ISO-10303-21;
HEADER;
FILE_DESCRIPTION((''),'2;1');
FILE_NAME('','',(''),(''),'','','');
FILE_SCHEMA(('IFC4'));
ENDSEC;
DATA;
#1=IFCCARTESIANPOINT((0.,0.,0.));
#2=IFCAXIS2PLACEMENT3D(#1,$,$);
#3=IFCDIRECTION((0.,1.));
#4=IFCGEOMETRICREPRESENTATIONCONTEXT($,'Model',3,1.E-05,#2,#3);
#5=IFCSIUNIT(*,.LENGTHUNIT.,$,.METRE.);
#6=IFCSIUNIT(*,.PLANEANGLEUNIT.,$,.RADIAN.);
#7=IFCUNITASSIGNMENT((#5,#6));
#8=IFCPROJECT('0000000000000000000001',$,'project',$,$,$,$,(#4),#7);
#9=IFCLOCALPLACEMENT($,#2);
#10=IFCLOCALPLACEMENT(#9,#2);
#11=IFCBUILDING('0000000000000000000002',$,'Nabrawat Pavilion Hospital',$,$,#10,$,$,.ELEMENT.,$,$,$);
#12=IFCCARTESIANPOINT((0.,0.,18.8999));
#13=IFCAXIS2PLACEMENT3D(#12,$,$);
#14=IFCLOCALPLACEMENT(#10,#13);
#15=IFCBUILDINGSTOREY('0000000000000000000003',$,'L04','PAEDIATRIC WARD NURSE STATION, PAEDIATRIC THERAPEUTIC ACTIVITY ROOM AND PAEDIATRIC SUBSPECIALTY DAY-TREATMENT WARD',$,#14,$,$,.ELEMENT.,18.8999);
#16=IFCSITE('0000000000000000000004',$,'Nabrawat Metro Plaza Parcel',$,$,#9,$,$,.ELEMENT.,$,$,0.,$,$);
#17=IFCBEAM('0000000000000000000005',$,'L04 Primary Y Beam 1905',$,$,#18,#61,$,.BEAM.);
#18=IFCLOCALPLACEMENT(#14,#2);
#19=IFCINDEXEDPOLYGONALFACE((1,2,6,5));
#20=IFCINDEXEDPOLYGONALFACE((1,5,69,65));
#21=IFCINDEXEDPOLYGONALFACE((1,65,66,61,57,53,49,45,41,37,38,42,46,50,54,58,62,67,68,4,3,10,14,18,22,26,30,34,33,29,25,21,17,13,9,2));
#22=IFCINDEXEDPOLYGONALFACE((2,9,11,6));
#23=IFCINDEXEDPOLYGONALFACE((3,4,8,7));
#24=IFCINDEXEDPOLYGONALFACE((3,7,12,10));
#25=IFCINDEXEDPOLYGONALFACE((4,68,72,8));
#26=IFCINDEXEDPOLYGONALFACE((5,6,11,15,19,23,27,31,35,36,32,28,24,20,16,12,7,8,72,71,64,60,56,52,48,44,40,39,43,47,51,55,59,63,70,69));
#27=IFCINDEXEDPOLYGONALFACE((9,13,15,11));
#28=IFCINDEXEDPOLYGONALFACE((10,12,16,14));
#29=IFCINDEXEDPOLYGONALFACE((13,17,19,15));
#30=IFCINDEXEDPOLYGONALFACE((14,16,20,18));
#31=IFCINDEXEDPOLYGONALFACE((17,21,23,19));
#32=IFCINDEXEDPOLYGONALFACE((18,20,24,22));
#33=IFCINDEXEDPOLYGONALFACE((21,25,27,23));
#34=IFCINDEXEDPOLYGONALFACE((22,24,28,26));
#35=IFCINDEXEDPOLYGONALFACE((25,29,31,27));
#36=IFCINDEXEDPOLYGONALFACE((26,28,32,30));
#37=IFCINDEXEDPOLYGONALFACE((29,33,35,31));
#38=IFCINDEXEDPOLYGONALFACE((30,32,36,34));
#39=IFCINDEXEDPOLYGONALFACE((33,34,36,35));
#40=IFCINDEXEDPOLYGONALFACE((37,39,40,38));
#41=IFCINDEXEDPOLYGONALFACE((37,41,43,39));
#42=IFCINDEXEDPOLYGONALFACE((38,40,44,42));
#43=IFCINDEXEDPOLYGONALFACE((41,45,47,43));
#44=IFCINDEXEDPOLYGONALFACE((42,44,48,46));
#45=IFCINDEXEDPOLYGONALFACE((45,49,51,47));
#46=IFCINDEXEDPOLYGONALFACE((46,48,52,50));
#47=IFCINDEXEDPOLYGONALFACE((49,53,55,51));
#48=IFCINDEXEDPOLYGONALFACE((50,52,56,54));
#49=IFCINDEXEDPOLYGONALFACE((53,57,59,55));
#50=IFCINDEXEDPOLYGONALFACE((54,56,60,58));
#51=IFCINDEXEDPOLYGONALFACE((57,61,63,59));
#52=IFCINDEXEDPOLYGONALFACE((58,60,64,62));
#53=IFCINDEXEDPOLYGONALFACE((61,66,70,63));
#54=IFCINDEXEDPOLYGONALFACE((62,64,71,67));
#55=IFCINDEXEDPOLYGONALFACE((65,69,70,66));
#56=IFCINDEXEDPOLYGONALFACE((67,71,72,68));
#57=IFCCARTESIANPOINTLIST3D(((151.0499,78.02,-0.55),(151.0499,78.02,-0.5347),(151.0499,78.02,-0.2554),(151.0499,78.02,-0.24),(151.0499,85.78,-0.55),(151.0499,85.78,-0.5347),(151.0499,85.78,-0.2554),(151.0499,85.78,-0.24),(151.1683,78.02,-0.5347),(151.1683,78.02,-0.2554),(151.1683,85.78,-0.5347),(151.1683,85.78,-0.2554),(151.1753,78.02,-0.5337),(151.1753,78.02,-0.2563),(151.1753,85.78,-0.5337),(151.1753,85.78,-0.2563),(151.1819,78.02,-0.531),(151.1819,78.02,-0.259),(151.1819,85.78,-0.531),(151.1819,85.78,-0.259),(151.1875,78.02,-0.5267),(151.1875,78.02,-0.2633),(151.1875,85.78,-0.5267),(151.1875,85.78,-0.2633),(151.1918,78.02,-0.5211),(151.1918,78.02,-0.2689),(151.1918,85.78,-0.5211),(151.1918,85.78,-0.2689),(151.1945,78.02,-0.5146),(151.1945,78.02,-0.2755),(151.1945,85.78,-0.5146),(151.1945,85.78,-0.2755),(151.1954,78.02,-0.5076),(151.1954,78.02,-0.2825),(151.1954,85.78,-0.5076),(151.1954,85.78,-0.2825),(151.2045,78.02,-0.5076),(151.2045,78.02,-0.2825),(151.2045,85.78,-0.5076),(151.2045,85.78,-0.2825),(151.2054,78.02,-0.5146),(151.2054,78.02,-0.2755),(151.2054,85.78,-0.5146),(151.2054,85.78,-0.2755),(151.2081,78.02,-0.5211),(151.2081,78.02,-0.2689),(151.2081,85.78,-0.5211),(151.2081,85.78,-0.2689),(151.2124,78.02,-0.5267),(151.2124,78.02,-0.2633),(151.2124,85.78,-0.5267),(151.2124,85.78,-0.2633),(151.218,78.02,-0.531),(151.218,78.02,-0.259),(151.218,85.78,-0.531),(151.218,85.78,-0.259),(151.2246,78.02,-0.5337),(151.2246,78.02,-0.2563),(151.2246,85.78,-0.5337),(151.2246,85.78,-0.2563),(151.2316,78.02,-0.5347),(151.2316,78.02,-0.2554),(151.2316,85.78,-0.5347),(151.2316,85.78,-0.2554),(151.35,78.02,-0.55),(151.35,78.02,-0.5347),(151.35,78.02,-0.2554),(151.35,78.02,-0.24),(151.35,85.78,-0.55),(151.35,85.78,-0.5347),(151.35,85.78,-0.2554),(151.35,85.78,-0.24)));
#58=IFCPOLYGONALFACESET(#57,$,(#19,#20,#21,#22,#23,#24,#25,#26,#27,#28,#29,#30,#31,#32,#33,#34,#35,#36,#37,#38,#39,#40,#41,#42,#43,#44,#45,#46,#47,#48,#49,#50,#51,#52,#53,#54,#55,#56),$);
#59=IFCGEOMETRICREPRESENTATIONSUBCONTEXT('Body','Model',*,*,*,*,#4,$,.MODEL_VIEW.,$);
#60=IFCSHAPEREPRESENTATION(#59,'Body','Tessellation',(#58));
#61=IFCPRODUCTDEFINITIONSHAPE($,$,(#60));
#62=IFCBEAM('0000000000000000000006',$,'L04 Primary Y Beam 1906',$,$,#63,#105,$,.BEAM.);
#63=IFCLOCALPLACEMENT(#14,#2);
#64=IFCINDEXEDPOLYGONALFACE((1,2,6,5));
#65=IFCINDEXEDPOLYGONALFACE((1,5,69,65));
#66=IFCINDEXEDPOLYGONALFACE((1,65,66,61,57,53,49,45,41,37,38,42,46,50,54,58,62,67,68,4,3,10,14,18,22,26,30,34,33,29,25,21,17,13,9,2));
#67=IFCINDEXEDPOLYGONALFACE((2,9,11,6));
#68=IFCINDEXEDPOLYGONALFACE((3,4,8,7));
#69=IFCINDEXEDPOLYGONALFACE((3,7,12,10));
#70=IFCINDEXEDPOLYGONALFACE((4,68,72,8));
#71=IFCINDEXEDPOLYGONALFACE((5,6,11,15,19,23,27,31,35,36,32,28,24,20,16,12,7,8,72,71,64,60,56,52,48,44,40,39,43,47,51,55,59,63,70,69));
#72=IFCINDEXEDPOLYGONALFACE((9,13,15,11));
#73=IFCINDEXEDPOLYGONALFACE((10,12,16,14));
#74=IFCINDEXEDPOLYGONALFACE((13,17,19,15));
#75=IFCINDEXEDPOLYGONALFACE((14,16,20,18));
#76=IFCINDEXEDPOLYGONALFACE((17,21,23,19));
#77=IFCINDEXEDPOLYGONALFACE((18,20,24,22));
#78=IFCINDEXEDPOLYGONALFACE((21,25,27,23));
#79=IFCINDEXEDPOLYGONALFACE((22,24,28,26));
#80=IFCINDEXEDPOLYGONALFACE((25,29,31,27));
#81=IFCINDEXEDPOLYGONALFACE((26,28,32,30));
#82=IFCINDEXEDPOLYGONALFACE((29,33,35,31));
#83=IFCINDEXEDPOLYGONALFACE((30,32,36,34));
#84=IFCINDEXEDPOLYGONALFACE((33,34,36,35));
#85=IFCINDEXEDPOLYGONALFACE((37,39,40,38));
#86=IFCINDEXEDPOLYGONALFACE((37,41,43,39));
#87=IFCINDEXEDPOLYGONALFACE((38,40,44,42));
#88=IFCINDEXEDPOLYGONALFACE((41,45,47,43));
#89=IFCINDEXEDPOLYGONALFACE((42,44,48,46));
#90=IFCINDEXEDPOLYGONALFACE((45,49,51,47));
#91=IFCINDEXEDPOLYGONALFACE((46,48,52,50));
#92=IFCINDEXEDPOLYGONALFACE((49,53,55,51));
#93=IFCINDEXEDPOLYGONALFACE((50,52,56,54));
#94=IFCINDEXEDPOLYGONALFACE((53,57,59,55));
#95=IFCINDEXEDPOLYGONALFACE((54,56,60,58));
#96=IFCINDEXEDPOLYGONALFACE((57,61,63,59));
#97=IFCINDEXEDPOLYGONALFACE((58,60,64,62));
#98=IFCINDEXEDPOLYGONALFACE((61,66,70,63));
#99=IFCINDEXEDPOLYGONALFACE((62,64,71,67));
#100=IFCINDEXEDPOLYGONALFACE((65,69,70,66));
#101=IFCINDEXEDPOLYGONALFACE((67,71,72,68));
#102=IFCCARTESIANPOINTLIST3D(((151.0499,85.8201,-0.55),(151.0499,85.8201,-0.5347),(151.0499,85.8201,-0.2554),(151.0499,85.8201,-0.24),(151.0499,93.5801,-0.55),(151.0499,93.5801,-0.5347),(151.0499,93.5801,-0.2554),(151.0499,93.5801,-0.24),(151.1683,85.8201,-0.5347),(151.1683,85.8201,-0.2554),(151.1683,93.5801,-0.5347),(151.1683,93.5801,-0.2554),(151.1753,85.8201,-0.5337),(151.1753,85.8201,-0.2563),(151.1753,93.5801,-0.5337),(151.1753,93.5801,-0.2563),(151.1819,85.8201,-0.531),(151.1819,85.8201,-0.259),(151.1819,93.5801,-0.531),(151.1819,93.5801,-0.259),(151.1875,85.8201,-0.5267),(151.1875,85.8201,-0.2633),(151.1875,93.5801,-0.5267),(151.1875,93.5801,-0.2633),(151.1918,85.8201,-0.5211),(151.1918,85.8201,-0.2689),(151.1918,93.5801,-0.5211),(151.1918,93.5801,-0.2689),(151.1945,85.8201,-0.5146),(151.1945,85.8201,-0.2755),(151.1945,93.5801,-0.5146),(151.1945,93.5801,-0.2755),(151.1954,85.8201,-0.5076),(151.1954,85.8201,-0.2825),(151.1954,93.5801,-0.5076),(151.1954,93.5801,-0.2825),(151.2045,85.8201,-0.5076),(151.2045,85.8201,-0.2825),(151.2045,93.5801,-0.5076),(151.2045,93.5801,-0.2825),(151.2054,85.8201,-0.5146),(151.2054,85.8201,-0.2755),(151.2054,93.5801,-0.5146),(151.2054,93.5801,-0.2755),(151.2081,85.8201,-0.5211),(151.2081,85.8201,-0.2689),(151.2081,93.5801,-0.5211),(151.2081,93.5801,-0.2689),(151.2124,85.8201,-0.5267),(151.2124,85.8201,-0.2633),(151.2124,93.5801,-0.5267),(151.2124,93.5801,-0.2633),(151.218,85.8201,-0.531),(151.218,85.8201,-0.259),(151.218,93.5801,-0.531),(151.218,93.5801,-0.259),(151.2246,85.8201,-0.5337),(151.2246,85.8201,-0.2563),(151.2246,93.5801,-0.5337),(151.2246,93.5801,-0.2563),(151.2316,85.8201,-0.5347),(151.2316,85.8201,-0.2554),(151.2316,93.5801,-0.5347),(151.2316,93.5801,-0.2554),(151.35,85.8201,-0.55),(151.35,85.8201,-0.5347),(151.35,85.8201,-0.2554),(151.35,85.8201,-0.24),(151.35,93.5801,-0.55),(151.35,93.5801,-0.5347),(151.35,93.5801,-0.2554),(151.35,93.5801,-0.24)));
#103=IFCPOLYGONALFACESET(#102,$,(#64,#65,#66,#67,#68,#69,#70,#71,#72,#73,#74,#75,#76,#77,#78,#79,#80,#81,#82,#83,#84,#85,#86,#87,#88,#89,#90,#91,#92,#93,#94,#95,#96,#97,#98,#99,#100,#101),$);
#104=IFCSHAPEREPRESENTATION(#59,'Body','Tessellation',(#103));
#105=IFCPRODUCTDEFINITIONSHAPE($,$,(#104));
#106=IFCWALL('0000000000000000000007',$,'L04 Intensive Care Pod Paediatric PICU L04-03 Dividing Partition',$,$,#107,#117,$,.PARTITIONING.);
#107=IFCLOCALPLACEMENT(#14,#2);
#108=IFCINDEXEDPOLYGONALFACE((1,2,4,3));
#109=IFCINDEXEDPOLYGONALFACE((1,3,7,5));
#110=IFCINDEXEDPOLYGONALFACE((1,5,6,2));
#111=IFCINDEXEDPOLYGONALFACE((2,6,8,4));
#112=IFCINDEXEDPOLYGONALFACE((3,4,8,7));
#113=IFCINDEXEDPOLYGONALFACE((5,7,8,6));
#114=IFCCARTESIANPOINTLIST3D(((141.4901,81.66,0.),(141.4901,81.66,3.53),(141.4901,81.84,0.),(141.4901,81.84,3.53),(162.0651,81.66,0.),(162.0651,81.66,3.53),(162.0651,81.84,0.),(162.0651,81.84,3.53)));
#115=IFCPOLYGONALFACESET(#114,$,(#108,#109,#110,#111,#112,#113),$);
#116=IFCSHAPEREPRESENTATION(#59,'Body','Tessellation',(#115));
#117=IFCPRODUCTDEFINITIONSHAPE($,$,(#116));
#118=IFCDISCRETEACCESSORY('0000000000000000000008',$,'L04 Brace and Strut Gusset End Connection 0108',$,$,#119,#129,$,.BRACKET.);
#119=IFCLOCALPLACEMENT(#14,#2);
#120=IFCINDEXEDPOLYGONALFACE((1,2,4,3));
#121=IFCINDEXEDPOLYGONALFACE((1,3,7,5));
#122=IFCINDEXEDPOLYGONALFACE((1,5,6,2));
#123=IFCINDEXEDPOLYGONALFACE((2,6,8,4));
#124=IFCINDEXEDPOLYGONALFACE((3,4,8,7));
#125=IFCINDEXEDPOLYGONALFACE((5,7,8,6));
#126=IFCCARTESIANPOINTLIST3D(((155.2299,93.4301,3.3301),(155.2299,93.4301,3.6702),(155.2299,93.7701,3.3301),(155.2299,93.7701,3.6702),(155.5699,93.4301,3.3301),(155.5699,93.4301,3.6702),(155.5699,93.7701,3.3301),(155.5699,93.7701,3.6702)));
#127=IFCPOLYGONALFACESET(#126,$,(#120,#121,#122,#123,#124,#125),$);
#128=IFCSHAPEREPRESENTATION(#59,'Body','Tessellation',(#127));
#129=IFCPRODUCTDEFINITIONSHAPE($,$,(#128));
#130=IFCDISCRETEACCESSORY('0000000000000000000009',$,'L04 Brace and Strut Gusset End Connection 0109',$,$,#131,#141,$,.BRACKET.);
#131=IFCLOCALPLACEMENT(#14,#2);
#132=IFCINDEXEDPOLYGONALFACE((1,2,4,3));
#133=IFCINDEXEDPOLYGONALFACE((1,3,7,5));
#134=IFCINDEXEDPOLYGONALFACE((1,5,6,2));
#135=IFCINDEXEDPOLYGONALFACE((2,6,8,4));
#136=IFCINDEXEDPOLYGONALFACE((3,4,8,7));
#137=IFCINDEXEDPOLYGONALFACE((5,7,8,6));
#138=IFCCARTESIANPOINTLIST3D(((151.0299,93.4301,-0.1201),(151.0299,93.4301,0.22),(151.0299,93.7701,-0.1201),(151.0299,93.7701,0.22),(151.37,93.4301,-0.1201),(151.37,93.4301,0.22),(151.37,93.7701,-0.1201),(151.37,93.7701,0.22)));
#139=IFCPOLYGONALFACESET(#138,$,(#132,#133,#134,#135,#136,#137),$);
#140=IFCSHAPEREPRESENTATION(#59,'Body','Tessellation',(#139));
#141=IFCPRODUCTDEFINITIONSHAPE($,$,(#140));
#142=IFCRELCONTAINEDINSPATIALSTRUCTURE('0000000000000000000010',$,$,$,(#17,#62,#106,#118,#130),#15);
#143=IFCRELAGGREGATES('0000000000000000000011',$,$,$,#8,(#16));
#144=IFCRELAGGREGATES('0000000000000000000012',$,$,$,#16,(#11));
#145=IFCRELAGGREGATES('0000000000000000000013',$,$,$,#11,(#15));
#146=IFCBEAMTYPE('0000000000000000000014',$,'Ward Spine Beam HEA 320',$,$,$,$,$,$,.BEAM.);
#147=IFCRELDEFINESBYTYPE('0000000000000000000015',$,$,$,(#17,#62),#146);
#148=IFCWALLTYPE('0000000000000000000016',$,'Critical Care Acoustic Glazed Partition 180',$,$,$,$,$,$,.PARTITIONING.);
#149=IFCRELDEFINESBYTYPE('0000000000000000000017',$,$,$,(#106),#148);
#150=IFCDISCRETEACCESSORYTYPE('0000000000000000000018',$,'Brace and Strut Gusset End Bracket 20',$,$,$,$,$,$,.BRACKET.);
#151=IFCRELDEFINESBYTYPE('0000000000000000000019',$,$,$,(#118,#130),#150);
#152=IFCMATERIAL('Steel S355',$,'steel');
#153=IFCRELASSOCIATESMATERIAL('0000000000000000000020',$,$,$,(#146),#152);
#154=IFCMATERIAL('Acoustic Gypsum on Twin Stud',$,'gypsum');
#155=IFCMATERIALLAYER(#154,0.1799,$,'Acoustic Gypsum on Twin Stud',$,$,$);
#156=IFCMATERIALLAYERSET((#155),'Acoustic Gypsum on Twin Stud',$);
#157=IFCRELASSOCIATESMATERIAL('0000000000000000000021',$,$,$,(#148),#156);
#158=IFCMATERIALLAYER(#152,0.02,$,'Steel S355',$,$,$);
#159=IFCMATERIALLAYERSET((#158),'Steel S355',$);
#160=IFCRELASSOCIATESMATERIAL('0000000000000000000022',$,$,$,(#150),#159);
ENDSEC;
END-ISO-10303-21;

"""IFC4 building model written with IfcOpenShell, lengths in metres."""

from ifc_helpers import new_model, si_unit, direction, frame, frame_2d, origin, origin_2d, place, context, subcontext, project, spatial, rectangle, i_section, extrude, material, layer, layer_set, material_profile, profile_set, type_object, element, save


model = new_model("IFC4")

# Units and contexts
model_context = context("Model", 3, precision=1e-05, world=origin(), true_north=direction((0.0, 1.0)))
body_context = subcontext(model_context, "Body", "Model", "MODEL_VIEW")
ifc_project = project(units=[si_unit("LENGTHUNIT", "METRE"), si_unit("PLANEANGLEUNIT", "RADIAN")], contexts=[model_context])

# Site, building, storey
site_placement = place(None, origin())
site = spatial("IfcSite", under=ifc_project, at=site_placement, Name="Nabrawat Metro Plaza Parcel", CompositionType="ELEMENT", RefElevation=0.0)
building_placement = place(site_placement, origin())
building = spatial("IfcBuilding", under=site, at=building_placement, Name="Nabrawat Pavilion Hospital", CompositionType="ELEMENT")
storey_placement = place(building_placement, frame((0.0, 0.0, 18.8999)))
storey = spatial("IfcBuildingStorey", under=building, at=storey_placement, Name="L04", Description="PAEDIATRIC WARD NURSE STATION, PAEDIATRIC THERAPEUTIC ACTIVITY ROOM AND PAEDIATRIC SUBSPECIALTY DAY-TREATMENT WARD", CompositionType="ELEMENT", Elevation=18.8999)

# Shared definitions
ifc_material_1 = material(Name="Steel S355", Category="steel")

# Beams
ifc_material_profile_1 = material_profile(ifc_material_1, i_section(OverallWidth=0.3, OverallDepth=0.3101, WebThickness=0.009, FlangeThickness=0.0154, FilletRadius=0.0271, at=origin_2d()), Name="HEA 320")
ifc_profile_set_1 = profile_set([ifc_material_profile_1], Name="Steel S355")
beam_type_1 = type_object("IfcBeamType", Name="Ward Spine Beam HEA 320", PredefinedType="BEAM", material=ifc_profile_set_1)
for number, where, z_axis, x_axis, name in (
    (1, (151.2, 78.02, -0.395), (0.0, 1.0, 0.0), (-1.0, 0.0, 0.0), "L04 Primary Y Beam 1905"),
    (2, (151.2, 85.8201, -0.395), (0.0, 1.0, 0.0), (-1.0, 0.0, 0.0), "L04 Primary Y Beam 1906"),
):
    element("IfcBeam", number, at=place(storey_placement, frame(where, z_axis=z_axis, x_axis=x_axis)), inside=storey, type_object=beam_type_1, Name=name, PredefinedType="BEAM", context=body_context, shape_type="SweptSolid", body=[
        extrude(i_section(OverallWidth=0.3, OverallDepth=0.3101, WebThickness=0.009, FlangeThickness=0.0154, FilletRadius=0.0271, at=origin_2d()), origin(), (0.0, 0.0, 1.0), 7.76),
    ])

# Wall
ifc_material_2 = material(Name="Acoustic Gypsum on Twin Stud", Category="gypsum")
ifc_layer_1 = layer(ifc_material_2, 0.1799, Name="Acoustic Gypsum on Twin Stud")
ifc_layer_set_1 = layer_set([ifc_layer_1], Name="Acoustic Gypsum on Twin Stud")
wall_type = type_object("IfcWallType", Name="Critical Care Acoustic Glazed Partition 180", PredefinedType="PARTITIONING", material=ifc_layer_set_1)
wall_placement = place(storey_placement, frame((141.49, 81.75, 0.0), z_axis=(0.0, 0.0, 1.0), x_axis=(1.0, 0.0, 0.0)))
element("IfcWall", 3, at=wall_placement, inside=storey, type_object=wall_type, Name="L04 Intensive Care Pod Paediatric PICU L04-03 Dividing Partition", PredefinedType="PARTITIONING", context=body_context, shape_type="SweptSolid", body=[
    extrude(rectangle(XDim=20.575, YDim=0.1799, at=frame_2d((10.2876, 0.0))), origin(), (0.0, 0.0, 1.0), 3.53),
])

# Discrete accessories
ifc_layer_2 = layer(ifc_material_1, 0.02, Name="Steel S355")
ifc_layer_set_2 = layer_set([ifc_layer_2], Name="Steel S355")
discrete_accessory_type = type_object("IfcDiscreteAccessoryType", Name="Brace and Strut Gusset End Bracket 20", PredefinedType="BRACKET", material=ifc_layer_set_2)
for number, where, z_axis, x_axis, name in (
    (4, (155.3999, 93.6001, 3.3301), (0.0, 0.0, 1.0), (1.0, 0.0, 0.0), "L04 Brace and Strut Gusset End Connection 0108"),
    (5, (151.2, 93.6001, -0.1201), (0.0, 0.0, 1.0), (1.0, 0.0, 0.0), "L04 Brace and Strut Gusset End Connection 0109"),
):
    element("IfcDiscreteAccessory", number, at=place(storey_placement, frame(where, z_axis=z_axis, x_axis=x_axis)), inside=storey, type_object=discrete_accessory_type, Name=name, PredefinedType="BRACKET", context=body_context, shape_type="SweptSolid", body=[
        extrude(rectangle(XDim=0.3401, YDim=0.3401, at=origin_2d()), origin(), (0.0, 0.0, 1.0), 0.3401),
    ])

save(model, "model.ifc")
